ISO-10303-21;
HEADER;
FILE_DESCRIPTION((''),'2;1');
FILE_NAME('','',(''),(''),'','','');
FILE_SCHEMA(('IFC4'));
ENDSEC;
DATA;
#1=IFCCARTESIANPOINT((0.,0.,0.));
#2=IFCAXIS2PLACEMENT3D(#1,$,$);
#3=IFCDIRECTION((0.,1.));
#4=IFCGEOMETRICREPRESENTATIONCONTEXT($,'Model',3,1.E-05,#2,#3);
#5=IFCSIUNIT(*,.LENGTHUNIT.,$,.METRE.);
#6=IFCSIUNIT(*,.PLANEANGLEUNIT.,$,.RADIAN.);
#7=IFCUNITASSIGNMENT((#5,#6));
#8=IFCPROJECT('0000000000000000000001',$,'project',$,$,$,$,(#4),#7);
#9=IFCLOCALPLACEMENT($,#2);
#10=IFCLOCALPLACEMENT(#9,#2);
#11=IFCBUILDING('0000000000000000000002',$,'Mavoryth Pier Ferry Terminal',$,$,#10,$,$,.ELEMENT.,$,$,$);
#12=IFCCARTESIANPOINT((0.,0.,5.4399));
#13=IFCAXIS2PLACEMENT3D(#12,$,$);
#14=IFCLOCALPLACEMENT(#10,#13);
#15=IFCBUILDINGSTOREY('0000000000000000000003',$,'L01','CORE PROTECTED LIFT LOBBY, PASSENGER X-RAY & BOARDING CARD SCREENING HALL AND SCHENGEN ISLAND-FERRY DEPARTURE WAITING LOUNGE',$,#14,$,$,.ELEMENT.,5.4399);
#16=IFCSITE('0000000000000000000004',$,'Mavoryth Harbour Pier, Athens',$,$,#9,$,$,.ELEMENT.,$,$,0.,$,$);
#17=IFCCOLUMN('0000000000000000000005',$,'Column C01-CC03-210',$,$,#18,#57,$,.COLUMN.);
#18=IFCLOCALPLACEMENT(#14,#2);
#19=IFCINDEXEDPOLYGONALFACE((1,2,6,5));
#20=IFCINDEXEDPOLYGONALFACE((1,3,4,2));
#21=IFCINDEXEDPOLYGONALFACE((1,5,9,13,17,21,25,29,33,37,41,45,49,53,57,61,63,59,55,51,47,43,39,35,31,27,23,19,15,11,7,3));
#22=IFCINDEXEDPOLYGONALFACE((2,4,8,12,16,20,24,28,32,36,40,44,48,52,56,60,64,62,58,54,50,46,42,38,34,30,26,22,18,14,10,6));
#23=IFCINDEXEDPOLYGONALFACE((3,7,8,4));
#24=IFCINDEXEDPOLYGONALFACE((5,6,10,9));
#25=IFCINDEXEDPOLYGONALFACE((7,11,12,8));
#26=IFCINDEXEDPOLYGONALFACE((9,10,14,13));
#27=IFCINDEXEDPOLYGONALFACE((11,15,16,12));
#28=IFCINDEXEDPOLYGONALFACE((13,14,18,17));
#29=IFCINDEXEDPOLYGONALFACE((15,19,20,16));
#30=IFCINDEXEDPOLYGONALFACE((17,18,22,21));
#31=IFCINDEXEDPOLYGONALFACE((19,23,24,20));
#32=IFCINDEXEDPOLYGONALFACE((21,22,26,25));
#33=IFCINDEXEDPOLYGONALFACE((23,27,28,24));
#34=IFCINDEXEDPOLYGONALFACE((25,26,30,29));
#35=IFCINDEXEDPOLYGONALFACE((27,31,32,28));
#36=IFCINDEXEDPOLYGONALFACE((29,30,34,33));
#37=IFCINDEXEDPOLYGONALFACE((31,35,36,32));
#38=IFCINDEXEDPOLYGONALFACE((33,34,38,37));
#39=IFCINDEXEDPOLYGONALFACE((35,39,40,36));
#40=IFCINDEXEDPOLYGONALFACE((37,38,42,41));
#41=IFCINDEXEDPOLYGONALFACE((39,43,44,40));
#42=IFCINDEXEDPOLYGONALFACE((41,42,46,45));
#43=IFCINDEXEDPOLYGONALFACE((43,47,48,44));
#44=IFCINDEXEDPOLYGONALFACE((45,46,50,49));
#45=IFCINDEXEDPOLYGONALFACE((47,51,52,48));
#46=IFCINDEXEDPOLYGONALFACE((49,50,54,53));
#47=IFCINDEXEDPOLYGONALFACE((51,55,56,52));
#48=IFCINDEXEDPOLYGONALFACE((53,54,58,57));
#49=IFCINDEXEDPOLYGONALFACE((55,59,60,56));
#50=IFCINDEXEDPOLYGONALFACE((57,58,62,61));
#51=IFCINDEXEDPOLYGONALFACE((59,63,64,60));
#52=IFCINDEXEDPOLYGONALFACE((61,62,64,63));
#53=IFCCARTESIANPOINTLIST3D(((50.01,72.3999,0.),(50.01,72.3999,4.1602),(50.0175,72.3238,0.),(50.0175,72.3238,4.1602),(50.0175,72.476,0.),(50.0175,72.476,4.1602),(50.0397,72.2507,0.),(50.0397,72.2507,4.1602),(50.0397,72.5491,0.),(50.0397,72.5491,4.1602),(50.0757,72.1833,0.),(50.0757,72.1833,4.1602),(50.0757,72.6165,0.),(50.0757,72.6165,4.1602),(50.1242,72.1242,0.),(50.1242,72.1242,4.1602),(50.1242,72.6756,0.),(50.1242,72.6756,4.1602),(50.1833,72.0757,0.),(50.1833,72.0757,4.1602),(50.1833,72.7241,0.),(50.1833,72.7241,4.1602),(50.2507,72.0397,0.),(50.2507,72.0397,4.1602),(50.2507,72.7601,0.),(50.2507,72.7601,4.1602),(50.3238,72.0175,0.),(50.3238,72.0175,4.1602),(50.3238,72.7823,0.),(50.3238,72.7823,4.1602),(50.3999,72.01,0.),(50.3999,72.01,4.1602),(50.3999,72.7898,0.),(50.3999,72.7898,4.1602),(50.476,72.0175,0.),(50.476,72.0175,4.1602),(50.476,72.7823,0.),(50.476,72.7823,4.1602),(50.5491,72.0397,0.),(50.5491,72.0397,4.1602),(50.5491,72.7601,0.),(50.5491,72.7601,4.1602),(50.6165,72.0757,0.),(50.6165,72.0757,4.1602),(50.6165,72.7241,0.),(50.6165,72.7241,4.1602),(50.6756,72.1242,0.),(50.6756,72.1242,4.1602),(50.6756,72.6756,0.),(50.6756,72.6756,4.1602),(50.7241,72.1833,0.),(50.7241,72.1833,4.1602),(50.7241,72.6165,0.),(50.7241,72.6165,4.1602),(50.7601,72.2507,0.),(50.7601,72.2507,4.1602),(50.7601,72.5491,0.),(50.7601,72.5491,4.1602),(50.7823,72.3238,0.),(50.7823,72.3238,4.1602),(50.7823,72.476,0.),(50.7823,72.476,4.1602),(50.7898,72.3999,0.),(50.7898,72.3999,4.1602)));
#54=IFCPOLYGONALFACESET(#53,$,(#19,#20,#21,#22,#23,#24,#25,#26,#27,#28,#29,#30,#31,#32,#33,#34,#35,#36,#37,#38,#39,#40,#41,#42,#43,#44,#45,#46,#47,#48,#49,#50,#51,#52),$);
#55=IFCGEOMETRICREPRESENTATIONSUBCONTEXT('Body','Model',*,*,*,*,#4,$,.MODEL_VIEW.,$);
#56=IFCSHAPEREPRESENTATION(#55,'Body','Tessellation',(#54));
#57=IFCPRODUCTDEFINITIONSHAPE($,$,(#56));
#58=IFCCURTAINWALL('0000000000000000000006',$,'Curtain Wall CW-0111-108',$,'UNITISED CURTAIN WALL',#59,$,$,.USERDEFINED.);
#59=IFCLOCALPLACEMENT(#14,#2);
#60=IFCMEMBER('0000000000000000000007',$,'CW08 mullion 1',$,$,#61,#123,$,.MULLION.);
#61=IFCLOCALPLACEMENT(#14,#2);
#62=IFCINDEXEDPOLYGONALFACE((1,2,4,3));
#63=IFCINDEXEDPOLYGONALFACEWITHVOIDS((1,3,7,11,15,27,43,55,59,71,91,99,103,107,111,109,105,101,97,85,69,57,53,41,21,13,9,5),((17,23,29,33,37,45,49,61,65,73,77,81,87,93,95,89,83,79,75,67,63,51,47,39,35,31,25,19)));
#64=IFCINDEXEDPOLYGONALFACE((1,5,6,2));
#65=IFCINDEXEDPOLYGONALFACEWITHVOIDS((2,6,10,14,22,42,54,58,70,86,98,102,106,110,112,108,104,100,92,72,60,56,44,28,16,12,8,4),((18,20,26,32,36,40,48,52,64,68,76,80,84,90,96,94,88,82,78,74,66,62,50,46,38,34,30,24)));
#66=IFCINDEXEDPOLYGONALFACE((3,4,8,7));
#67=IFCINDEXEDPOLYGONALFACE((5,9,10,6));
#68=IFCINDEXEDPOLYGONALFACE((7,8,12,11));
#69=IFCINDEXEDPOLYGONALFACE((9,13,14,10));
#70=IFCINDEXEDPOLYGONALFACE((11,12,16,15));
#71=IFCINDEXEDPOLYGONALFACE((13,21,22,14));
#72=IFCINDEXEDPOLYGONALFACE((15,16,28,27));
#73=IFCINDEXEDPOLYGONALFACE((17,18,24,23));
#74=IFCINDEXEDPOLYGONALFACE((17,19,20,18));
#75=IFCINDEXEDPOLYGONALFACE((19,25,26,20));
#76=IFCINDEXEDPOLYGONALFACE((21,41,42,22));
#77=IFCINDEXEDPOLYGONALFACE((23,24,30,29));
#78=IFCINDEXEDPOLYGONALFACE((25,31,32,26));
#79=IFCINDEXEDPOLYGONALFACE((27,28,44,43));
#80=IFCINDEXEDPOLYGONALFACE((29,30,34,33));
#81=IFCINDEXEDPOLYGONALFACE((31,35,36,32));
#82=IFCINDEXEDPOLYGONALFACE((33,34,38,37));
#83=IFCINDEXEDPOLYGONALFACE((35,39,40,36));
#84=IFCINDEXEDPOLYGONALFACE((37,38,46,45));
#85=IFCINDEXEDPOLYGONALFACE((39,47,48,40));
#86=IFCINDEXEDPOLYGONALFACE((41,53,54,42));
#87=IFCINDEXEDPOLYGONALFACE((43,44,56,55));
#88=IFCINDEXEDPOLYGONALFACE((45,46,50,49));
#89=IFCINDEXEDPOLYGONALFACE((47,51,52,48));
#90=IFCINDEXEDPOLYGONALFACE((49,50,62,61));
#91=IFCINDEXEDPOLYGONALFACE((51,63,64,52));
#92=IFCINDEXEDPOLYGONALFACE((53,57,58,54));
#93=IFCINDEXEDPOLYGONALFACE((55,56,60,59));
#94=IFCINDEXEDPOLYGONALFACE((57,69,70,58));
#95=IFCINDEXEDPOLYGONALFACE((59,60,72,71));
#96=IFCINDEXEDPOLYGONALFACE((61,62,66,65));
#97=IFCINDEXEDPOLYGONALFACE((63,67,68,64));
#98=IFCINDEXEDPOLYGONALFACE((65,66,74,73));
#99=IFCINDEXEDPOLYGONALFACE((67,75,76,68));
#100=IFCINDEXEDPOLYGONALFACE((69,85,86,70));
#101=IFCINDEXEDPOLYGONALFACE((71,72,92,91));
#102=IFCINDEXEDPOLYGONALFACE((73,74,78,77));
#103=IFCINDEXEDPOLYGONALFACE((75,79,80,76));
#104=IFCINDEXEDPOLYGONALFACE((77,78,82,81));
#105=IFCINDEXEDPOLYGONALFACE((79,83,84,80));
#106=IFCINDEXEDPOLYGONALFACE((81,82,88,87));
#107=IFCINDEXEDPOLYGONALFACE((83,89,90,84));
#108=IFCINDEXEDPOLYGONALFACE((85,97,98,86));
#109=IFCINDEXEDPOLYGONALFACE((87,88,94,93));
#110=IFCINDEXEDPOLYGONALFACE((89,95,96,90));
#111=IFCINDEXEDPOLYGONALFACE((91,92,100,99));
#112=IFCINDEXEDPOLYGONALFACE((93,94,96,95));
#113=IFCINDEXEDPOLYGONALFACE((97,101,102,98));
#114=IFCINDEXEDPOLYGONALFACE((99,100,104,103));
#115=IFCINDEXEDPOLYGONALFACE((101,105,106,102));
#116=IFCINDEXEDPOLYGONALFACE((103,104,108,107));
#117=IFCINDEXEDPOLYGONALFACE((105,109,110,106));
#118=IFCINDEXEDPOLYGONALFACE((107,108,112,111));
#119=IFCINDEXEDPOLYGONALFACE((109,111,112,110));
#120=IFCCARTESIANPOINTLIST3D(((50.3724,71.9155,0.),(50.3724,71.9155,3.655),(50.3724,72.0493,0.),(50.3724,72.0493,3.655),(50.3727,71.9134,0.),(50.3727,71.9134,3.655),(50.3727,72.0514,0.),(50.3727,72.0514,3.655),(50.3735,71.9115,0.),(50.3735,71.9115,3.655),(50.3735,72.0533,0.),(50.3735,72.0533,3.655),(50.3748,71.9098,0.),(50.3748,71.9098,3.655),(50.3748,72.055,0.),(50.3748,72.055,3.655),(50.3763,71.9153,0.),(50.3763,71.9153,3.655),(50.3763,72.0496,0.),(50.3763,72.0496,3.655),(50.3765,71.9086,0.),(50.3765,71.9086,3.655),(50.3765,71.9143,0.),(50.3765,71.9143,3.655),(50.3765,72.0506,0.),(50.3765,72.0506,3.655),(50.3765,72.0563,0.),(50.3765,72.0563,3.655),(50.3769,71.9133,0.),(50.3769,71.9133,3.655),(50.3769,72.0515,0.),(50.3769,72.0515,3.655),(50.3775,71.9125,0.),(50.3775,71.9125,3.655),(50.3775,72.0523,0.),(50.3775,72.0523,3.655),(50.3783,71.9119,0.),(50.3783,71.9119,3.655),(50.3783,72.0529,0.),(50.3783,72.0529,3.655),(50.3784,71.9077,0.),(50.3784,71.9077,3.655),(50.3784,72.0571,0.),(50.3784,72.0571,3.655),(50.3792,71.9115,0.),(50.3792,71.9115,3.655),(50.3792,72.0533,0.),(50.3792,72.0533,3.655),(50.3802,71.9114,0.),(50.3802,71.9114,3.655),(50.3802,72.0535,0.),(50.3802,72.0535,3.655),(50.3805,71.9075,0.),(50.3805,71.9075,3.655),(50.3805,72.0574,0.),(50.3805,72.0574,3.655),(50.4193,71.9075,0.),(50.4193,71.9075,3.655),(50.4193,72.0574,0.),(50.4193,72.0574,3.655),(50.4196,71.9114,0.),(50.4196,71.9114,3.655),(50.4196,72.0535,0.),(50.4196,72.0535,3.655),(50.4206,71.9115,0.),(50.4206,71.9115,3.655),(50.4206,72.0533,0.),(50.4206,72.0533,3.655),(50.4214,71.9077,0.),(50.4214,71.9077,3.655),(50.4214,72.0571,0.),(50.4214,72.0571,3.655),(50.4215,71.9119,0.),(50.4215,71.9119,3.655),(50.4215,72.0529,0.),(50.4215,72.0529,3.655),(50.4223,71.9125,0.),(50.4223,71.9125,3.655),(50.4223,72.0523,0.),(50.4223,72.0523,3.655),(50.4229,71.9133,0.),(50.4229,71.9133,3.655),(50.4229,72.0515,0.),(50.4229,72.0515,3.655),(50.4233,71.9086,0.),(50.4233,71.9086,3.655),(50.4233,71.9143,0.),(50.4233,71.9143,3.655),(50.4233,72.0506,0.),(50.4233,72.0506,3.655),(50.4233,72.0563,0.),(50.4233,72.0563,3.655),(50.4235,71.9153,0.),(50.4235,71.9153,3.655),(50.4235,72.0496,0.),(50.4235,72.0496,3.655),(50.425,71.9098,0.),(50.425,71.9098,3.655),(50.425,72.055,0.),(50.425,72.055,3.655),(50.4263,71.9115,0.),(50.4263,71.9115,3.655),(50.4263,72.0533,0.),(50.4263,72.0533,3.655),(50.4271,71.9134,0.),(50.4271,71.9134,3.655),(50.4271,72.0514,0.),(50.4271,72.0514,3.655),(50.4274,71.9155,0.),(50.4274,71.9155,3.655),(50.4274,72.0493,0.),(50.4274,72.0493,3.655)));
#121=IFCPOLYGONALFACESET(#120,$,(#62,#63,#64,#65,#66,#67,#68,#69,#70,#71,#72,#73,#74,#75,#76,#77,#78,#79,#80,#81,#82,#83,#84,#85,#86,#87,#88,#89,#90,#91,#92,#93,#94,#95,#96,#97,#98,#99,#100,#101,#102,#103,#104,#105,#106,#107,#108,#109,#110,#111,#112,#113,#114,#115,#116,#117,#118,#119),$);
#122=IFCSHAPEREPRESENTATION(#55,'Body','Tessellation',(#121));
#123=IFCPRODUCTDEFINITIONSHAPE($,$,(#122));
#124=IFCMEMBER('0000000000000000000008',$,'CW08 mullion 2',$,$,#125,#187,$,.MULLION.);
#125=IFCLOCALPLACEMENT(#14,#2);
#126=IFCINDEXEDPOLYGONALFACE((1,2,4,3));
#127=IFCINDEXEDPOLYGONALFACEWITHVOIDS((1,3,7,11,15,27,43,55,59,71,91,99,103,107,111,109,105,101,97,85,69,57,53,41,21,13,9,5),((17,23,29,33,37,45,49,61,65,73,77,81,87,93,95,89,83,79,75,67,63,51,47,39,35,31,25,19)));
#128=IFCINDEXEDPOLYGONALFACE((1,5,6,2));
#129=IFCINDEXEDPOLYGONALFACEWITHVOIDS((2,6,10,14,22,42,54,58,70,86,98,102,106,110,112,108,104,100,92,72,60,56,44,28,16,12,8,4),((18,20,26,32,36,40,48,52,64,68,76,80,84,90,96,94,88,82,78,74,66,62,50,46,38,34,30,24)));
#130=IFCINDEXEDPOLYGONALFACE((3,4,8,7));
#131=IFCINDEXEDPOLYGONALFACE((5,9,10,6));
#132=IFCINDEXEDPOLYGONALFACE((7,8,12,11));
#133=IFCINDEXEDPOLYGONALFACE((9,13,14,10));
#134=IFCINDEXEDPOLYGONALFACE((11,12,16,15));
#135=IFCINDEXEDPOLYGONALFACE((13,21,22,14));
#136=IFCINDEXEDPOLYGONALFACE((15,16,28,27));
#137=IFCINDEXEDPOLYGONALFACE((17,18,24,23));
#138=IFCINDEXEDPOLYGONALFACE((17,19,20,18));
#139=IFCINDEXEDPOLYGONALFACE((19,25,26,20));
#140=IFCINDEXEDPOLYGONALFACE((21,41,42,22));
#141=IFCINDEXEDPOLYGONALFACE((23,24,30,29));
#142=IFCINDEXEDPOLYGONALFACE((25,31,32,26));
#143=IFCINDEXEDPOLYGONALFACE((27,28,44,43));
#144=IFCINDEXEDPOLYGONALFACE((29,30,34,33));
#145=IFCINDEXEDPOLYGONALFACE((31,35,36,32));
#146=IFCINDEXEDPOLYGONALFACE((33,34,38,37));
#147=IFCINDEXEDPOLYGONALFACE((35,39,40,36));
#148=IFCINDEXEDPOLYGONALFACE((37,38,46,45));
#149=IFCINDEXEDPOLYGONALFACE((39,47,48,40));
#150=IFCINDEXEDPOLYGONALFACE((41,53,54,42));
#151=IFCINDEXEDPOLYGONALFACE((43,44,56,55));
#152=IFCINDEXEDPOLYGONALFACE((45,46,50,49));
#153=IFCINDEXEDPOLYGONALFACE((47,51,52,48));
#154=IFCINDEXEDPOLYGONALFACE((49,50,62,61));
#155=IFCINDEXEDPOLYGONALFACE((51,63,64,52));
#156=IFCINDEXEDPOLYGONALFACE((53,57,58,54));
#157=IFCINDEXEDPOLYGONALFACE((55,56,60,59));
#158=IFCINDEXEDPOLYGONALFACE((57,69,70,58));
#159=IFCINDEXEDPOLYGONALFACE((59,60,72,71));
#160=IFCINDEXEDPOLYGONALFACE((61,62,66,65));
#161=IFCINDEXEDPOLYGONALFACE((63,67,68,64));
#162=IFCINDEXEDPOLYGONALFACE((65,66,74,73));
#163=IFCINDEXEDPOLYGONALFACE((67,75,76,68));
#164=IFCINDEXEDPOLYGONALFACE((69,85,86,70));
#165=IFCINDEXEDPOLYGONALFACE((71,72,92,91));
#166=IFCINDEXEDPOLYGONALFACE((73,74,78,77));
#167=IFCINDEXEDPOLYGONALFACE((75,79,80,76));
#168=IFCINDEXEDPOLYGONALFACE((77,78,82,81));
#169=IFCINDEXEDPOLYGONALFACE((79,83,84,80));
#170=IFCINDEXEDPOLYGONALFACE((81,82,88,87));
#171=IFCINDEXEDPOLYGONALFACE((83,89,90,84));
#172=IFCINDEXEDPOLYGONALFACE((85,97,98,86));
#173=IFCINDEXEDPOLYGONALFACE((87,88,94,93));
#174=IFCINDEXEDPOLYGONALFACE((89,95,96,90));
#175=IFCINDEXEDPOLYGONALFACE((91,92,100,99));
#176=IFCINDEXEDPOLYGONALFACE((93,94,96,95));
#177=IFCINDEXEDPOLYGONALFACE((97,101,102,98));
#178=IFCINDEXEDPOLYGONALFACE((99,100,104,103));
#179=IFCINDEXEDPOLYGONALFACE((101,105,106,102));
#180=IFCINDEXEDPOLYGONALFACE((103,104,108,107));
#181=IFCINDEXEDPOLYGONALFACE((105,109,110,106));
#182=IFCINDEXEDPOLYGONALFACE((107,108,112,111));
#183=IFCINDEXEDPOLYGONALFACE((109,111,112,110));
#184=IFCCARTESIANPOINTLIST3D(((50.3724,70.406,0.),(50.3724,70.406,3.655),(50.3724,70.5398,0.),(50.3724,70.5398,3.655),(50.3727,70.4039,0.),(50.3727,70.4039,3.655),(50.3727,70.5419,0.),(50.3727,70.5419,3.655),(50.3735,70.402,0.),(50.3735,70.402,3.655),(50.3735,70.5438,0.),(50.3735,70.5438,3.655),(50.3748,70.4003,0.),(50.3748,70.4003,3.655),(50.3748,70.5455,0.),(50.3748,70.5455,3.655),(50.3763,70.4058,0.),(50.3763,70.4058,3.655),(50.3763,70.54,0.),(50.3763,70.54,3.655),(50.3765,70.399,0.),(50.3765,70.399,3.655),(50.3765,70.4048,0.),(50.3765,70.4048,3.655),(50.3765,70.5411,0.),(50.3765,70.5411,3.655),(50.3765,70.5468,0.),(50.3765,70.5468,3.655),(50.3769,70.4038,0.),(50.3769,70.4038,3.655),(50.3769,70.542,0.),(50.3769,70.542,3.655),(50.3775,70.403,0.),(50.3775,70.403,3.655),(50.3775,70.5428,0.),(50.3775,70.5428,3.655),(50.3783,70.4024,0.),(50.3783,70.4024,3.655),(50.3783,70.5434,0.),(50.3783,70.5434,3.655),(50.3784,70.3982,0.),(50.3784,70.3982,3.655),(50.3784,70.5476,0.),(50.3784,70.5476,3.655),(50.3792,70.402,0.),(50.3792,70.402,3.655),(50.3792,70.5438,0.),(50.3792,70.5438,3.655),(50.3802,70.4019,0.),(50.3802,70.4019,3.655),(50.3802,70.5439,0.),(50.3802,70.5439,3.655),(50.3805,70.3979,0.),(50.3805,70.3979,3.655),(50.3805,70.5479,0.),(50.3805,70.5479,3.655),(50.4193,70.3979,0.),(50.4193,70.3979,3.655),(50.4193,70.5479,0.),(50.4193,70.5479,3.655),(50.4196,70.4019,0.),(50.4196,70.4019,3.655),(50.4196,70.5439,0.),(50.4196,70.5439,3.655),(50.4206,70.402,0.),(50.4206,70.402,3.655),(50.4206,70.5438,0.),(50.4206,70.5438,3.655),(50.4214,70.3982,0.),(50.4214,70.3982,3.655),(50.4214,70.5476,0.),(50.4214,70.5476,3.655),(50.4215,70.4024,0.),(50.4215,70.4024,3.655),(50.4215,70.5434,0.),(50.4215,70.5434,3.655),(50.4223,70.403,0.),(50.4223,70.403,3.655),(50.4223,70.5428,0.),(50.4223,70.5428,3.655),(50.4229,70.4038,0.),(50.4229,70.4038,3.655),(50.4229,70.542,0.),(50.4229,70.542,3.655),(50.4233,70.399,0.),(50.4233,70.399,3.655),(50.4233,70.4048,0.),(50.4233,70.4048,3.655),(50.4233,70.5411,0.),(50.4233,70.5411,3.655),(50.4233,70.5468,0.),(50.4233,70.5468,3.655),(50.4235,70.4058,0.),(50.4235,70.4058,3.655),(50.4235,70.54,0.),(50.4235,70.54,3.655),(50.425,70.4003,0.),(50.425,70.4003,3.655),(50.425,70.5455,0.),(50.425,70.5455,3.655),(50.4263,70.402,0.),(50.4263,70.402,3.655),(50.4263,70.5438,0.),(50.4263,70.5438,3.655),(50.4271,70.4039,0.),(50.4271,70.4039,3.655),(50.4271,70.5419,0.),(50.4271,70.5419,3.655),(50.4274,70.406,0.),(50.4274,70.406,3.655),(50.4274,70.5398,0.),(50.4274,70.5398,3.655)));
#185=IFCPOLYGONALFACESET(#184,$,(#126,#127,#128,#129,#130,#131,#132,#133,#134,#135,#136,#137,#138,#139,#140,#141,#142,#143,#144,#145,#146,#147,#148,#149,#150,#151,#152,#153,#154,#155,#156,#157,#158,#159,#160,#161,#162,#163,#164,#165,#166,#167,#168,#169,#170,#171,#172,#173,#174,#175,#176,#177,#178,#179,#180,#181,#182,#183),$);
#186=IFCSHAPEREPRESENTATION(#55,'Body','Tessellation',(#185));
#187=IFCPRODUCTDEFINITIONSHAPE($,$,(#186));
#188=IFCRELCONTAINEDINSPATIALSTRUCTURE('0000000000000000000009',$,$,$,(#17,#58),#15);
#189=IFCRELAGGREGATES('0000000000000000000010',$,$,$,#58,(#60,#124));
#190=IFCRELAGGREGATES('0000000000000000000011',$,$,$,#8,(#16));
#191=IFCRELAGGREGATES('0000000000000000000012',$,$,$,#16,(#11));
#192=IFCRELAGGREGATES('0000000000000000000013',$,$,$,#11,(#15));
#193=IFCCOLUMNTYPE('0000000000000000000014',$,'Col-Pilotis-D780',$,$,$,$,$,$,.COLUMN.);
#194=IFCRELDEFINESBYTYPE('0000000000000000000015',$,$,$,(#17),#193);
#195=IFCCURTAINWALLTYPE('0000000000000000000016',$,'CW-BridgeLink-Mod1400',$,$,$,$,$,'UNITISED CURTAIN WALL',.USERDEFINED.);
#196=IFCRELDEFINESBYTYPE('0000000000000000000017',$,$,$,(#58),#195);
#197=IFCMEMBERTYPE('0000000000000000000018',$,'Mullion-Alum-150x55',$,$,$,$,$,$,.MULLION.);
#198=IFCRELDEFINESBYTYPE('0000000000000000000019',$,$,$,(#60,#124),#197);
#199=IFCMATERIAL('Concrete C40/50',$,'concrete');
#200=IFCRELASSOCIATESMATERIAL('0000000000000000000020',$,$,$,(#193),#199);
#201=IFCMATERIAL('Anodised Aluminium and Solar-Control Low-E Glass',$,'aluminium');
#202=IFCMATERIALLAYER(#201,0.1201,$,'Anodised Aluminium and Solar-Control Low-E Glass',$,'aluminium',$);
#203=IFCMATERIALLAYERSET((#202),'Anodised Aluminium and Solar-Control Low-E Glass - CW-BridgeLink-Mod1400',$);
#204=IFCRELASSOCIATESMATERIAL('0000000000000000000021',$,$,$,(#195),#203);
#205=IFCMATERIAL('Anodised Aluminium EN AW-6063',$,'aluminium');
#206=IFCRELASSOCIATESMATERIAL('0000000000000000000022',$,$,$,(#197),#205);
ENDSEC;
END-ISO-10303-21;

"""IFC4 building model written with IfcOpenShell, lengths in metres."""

from ifc_helpers import new_model, si_unit, direction, frame, origin, origin_2d, place, context, subcontext, project, spatial, hollow_rectangle, circle, extrude, material, layer, layer_set, material_profile, profile_set, type_object, element, aggregate, save


model = new_model("IFC4")

# Units and contexts
model_context = context("Model", 3, precision=1e-05, world=origin(), true_north=direction((0.0, 1.0)))
body_context = subcontext(model_context, "Body", "Model", "MODEL_VIEW")
ifc_project = project(units=[si_unit("LENGTHUNIT", "METRE"), si_unit("PLANEANGLEUNIT", "RADIAN")], contexts=[model_context])

# Site, building, storey
site_placement = place(None, origin())
site = spatial("IfcSite", under=ifc_project, at=site_placement, Name="Mavoryth Harbour Pier, Athens", CompositionType="ELEMENT", RefElevation=0.0)
building_placement = place(site_placement, origin())
building = spatial("IfcBuilding", under=site, at=building_placement, Name="Mavoryth Pier Ferry Terminal", CompositionType="ELEMENT")
storey_placement = place(building_placement, frame((0.0, 0.0, 5.4399)))
storey = spatial("IfcBuildingStorey", under=building, at=storey_placement, Name="L01", Description="CORE PROTECTED LIFT LOBBY, PASSENGER X-RAY & BOARDING CARD SCREENING HALL AND SCHENGEN ISLAND-FERRY DEPARTURE WAITING LOUNGE", CompositionType="ELEMENT", Elevation=5.4399)

# Column
ifc_material_1 = material(Name="Concrete C40/50", Category="concrete")
ifc_material_profile_1 = material_profile(ifc_material_1, circle(Radius=0.3899, at=origin_2d()), Name="RC D780", Category="concrete")
ifc_profile_set_1 = profile_set([ifc_material_profile_1], Name="Concrete C40/50 - RC D780")
column_type = type_object("IfcColumnType", Name="Col-Pilotis-D780", PredefinedType="COLUMN", material=ifc_profile_set_1)
column_placement = place(storey_placement, frame((50.3999, 72.3999, 0.0), z_axis=(0.0, 0.0, 1.0), x_axis=(1.0, 0.0, 0.0)))
element("IfcColumn", 1, at=column_placement, inside=storey, type_object=column_type, Name="Column C01-CC03-210", PredefinedType="COLUMN", context=body_context, shape_type="SweptSolid", body=[
    extrude(circle(Radius=0.3899, at=origin_2d()), origin(), (0.0, 0.0, 1.0), 4.1602),
])

# Curtain wall, members
ifc_material_2 = material(Name="Anodised Aluminium and Solar-Control Low-E Glass", Category="aluminium")
ifc_layer_1 = layer(ifc_material_2, 0.1201, Name="Anodised Aluminium and Solar-Control Low-E Glass", Category="aluminium")
ifc_layer_set_1 = layer_set([ifc_layer_1], Name="Anodised Aluminium and Solar-Control Low-E Glass - CW-BridgeLink-Mod1400")
curtain_wall_type = type_object("IfcCurtainWallType", Name="CW-BridgeLink-Mod1400", ElementType="UNITISED CURTAIN WALL", PredefinedType="USERDEFINED", material=ifc_layer_set_1)
curtain_wall_1_placement = place(storey_placement, origin())
curtain_wall_1 = element("IfcCurtainWall", 2, at=curtain_wall_1_placement, inside=storey, type_object=curtain_wall_type, Name="Curtain Wall CW-0111-108", ObjectType="UNITISED CURTAIN WALL", PredefinedType="USERDEFINED")
ifc_material_3 = material(Name="Anodised Aluminium EN AW-6063", Category="aluminium")
ifc_material_profile_2 = material_profile(ifc_material_3, hollow_rectangle(XDim=0.0549, YDim=0.1499, WallThickness=0.0039, InnerFilletRadius=0.0039, OuterFilletRadius=0.0081, at=origin_2d()), Name="AL-MULL 150x55x4", Category="aluminium")
ifc_profile_set_2 = profile_set([ifc_material_profile_2], Name="Anodised Aluminium EN AW-6063 - AL-MULL 150x55x4")
member_type_1 = type_object("IfcMemberType", Name="Mullion-Alum-150x55", PredefinedType="MULLION", material=ifc_profile_set_2)
member_1_placement = place(storey_placement, frame((50.3999, 71.9824, 0.0), z_axis=(0.0, 0.0, 1.0), x_axis=(1.0, 0.0, 0.0)))
member_1 = element("IfcMember", 3, at=member_1_placement, type_object=member_type_1, Name="CW08 mullion 1", PredefinedType="MULLION", context=body_context, shape_type="SweptSolid", body=[
    extrude(hollow_rectangle(XDim=0.0549, YDim=0.1499, WallThickness=0.0039, InnerFilletRadius=0.0039, OuterFilletRadius=0.0081, at=origin_2d()), origin(), (0.0, 0.0, 1.0), 3.655),
])
member_2_placement = place(storey_placement, frame((50.3999, 70.4729, 0.0), z_axis=(0.0, 0.0, 1.0), x_axis=(1.0, 0.0, 0.0)))
member_2 = element("IfcMember", 4, at=member_2_placement, type_object=member_type_1, Name="CW08 mullion 2", PredefinedType="MULLION", context=body_context, shape_type="SweptSolid", body=[
    extrude(hollow_rectangle(XDim=0.0549, YDim=0.1499, WallThickness=0.0039, InnerFilletRadius=0.0039, OuterFilletRadius=0.0081, at=origin_2d()), origin(), (0.0, 0.0, 1.0), 3.655),
])

aggregate(curtain_wall_1, [member_1, member_2])

save(model, "model.ifc")
